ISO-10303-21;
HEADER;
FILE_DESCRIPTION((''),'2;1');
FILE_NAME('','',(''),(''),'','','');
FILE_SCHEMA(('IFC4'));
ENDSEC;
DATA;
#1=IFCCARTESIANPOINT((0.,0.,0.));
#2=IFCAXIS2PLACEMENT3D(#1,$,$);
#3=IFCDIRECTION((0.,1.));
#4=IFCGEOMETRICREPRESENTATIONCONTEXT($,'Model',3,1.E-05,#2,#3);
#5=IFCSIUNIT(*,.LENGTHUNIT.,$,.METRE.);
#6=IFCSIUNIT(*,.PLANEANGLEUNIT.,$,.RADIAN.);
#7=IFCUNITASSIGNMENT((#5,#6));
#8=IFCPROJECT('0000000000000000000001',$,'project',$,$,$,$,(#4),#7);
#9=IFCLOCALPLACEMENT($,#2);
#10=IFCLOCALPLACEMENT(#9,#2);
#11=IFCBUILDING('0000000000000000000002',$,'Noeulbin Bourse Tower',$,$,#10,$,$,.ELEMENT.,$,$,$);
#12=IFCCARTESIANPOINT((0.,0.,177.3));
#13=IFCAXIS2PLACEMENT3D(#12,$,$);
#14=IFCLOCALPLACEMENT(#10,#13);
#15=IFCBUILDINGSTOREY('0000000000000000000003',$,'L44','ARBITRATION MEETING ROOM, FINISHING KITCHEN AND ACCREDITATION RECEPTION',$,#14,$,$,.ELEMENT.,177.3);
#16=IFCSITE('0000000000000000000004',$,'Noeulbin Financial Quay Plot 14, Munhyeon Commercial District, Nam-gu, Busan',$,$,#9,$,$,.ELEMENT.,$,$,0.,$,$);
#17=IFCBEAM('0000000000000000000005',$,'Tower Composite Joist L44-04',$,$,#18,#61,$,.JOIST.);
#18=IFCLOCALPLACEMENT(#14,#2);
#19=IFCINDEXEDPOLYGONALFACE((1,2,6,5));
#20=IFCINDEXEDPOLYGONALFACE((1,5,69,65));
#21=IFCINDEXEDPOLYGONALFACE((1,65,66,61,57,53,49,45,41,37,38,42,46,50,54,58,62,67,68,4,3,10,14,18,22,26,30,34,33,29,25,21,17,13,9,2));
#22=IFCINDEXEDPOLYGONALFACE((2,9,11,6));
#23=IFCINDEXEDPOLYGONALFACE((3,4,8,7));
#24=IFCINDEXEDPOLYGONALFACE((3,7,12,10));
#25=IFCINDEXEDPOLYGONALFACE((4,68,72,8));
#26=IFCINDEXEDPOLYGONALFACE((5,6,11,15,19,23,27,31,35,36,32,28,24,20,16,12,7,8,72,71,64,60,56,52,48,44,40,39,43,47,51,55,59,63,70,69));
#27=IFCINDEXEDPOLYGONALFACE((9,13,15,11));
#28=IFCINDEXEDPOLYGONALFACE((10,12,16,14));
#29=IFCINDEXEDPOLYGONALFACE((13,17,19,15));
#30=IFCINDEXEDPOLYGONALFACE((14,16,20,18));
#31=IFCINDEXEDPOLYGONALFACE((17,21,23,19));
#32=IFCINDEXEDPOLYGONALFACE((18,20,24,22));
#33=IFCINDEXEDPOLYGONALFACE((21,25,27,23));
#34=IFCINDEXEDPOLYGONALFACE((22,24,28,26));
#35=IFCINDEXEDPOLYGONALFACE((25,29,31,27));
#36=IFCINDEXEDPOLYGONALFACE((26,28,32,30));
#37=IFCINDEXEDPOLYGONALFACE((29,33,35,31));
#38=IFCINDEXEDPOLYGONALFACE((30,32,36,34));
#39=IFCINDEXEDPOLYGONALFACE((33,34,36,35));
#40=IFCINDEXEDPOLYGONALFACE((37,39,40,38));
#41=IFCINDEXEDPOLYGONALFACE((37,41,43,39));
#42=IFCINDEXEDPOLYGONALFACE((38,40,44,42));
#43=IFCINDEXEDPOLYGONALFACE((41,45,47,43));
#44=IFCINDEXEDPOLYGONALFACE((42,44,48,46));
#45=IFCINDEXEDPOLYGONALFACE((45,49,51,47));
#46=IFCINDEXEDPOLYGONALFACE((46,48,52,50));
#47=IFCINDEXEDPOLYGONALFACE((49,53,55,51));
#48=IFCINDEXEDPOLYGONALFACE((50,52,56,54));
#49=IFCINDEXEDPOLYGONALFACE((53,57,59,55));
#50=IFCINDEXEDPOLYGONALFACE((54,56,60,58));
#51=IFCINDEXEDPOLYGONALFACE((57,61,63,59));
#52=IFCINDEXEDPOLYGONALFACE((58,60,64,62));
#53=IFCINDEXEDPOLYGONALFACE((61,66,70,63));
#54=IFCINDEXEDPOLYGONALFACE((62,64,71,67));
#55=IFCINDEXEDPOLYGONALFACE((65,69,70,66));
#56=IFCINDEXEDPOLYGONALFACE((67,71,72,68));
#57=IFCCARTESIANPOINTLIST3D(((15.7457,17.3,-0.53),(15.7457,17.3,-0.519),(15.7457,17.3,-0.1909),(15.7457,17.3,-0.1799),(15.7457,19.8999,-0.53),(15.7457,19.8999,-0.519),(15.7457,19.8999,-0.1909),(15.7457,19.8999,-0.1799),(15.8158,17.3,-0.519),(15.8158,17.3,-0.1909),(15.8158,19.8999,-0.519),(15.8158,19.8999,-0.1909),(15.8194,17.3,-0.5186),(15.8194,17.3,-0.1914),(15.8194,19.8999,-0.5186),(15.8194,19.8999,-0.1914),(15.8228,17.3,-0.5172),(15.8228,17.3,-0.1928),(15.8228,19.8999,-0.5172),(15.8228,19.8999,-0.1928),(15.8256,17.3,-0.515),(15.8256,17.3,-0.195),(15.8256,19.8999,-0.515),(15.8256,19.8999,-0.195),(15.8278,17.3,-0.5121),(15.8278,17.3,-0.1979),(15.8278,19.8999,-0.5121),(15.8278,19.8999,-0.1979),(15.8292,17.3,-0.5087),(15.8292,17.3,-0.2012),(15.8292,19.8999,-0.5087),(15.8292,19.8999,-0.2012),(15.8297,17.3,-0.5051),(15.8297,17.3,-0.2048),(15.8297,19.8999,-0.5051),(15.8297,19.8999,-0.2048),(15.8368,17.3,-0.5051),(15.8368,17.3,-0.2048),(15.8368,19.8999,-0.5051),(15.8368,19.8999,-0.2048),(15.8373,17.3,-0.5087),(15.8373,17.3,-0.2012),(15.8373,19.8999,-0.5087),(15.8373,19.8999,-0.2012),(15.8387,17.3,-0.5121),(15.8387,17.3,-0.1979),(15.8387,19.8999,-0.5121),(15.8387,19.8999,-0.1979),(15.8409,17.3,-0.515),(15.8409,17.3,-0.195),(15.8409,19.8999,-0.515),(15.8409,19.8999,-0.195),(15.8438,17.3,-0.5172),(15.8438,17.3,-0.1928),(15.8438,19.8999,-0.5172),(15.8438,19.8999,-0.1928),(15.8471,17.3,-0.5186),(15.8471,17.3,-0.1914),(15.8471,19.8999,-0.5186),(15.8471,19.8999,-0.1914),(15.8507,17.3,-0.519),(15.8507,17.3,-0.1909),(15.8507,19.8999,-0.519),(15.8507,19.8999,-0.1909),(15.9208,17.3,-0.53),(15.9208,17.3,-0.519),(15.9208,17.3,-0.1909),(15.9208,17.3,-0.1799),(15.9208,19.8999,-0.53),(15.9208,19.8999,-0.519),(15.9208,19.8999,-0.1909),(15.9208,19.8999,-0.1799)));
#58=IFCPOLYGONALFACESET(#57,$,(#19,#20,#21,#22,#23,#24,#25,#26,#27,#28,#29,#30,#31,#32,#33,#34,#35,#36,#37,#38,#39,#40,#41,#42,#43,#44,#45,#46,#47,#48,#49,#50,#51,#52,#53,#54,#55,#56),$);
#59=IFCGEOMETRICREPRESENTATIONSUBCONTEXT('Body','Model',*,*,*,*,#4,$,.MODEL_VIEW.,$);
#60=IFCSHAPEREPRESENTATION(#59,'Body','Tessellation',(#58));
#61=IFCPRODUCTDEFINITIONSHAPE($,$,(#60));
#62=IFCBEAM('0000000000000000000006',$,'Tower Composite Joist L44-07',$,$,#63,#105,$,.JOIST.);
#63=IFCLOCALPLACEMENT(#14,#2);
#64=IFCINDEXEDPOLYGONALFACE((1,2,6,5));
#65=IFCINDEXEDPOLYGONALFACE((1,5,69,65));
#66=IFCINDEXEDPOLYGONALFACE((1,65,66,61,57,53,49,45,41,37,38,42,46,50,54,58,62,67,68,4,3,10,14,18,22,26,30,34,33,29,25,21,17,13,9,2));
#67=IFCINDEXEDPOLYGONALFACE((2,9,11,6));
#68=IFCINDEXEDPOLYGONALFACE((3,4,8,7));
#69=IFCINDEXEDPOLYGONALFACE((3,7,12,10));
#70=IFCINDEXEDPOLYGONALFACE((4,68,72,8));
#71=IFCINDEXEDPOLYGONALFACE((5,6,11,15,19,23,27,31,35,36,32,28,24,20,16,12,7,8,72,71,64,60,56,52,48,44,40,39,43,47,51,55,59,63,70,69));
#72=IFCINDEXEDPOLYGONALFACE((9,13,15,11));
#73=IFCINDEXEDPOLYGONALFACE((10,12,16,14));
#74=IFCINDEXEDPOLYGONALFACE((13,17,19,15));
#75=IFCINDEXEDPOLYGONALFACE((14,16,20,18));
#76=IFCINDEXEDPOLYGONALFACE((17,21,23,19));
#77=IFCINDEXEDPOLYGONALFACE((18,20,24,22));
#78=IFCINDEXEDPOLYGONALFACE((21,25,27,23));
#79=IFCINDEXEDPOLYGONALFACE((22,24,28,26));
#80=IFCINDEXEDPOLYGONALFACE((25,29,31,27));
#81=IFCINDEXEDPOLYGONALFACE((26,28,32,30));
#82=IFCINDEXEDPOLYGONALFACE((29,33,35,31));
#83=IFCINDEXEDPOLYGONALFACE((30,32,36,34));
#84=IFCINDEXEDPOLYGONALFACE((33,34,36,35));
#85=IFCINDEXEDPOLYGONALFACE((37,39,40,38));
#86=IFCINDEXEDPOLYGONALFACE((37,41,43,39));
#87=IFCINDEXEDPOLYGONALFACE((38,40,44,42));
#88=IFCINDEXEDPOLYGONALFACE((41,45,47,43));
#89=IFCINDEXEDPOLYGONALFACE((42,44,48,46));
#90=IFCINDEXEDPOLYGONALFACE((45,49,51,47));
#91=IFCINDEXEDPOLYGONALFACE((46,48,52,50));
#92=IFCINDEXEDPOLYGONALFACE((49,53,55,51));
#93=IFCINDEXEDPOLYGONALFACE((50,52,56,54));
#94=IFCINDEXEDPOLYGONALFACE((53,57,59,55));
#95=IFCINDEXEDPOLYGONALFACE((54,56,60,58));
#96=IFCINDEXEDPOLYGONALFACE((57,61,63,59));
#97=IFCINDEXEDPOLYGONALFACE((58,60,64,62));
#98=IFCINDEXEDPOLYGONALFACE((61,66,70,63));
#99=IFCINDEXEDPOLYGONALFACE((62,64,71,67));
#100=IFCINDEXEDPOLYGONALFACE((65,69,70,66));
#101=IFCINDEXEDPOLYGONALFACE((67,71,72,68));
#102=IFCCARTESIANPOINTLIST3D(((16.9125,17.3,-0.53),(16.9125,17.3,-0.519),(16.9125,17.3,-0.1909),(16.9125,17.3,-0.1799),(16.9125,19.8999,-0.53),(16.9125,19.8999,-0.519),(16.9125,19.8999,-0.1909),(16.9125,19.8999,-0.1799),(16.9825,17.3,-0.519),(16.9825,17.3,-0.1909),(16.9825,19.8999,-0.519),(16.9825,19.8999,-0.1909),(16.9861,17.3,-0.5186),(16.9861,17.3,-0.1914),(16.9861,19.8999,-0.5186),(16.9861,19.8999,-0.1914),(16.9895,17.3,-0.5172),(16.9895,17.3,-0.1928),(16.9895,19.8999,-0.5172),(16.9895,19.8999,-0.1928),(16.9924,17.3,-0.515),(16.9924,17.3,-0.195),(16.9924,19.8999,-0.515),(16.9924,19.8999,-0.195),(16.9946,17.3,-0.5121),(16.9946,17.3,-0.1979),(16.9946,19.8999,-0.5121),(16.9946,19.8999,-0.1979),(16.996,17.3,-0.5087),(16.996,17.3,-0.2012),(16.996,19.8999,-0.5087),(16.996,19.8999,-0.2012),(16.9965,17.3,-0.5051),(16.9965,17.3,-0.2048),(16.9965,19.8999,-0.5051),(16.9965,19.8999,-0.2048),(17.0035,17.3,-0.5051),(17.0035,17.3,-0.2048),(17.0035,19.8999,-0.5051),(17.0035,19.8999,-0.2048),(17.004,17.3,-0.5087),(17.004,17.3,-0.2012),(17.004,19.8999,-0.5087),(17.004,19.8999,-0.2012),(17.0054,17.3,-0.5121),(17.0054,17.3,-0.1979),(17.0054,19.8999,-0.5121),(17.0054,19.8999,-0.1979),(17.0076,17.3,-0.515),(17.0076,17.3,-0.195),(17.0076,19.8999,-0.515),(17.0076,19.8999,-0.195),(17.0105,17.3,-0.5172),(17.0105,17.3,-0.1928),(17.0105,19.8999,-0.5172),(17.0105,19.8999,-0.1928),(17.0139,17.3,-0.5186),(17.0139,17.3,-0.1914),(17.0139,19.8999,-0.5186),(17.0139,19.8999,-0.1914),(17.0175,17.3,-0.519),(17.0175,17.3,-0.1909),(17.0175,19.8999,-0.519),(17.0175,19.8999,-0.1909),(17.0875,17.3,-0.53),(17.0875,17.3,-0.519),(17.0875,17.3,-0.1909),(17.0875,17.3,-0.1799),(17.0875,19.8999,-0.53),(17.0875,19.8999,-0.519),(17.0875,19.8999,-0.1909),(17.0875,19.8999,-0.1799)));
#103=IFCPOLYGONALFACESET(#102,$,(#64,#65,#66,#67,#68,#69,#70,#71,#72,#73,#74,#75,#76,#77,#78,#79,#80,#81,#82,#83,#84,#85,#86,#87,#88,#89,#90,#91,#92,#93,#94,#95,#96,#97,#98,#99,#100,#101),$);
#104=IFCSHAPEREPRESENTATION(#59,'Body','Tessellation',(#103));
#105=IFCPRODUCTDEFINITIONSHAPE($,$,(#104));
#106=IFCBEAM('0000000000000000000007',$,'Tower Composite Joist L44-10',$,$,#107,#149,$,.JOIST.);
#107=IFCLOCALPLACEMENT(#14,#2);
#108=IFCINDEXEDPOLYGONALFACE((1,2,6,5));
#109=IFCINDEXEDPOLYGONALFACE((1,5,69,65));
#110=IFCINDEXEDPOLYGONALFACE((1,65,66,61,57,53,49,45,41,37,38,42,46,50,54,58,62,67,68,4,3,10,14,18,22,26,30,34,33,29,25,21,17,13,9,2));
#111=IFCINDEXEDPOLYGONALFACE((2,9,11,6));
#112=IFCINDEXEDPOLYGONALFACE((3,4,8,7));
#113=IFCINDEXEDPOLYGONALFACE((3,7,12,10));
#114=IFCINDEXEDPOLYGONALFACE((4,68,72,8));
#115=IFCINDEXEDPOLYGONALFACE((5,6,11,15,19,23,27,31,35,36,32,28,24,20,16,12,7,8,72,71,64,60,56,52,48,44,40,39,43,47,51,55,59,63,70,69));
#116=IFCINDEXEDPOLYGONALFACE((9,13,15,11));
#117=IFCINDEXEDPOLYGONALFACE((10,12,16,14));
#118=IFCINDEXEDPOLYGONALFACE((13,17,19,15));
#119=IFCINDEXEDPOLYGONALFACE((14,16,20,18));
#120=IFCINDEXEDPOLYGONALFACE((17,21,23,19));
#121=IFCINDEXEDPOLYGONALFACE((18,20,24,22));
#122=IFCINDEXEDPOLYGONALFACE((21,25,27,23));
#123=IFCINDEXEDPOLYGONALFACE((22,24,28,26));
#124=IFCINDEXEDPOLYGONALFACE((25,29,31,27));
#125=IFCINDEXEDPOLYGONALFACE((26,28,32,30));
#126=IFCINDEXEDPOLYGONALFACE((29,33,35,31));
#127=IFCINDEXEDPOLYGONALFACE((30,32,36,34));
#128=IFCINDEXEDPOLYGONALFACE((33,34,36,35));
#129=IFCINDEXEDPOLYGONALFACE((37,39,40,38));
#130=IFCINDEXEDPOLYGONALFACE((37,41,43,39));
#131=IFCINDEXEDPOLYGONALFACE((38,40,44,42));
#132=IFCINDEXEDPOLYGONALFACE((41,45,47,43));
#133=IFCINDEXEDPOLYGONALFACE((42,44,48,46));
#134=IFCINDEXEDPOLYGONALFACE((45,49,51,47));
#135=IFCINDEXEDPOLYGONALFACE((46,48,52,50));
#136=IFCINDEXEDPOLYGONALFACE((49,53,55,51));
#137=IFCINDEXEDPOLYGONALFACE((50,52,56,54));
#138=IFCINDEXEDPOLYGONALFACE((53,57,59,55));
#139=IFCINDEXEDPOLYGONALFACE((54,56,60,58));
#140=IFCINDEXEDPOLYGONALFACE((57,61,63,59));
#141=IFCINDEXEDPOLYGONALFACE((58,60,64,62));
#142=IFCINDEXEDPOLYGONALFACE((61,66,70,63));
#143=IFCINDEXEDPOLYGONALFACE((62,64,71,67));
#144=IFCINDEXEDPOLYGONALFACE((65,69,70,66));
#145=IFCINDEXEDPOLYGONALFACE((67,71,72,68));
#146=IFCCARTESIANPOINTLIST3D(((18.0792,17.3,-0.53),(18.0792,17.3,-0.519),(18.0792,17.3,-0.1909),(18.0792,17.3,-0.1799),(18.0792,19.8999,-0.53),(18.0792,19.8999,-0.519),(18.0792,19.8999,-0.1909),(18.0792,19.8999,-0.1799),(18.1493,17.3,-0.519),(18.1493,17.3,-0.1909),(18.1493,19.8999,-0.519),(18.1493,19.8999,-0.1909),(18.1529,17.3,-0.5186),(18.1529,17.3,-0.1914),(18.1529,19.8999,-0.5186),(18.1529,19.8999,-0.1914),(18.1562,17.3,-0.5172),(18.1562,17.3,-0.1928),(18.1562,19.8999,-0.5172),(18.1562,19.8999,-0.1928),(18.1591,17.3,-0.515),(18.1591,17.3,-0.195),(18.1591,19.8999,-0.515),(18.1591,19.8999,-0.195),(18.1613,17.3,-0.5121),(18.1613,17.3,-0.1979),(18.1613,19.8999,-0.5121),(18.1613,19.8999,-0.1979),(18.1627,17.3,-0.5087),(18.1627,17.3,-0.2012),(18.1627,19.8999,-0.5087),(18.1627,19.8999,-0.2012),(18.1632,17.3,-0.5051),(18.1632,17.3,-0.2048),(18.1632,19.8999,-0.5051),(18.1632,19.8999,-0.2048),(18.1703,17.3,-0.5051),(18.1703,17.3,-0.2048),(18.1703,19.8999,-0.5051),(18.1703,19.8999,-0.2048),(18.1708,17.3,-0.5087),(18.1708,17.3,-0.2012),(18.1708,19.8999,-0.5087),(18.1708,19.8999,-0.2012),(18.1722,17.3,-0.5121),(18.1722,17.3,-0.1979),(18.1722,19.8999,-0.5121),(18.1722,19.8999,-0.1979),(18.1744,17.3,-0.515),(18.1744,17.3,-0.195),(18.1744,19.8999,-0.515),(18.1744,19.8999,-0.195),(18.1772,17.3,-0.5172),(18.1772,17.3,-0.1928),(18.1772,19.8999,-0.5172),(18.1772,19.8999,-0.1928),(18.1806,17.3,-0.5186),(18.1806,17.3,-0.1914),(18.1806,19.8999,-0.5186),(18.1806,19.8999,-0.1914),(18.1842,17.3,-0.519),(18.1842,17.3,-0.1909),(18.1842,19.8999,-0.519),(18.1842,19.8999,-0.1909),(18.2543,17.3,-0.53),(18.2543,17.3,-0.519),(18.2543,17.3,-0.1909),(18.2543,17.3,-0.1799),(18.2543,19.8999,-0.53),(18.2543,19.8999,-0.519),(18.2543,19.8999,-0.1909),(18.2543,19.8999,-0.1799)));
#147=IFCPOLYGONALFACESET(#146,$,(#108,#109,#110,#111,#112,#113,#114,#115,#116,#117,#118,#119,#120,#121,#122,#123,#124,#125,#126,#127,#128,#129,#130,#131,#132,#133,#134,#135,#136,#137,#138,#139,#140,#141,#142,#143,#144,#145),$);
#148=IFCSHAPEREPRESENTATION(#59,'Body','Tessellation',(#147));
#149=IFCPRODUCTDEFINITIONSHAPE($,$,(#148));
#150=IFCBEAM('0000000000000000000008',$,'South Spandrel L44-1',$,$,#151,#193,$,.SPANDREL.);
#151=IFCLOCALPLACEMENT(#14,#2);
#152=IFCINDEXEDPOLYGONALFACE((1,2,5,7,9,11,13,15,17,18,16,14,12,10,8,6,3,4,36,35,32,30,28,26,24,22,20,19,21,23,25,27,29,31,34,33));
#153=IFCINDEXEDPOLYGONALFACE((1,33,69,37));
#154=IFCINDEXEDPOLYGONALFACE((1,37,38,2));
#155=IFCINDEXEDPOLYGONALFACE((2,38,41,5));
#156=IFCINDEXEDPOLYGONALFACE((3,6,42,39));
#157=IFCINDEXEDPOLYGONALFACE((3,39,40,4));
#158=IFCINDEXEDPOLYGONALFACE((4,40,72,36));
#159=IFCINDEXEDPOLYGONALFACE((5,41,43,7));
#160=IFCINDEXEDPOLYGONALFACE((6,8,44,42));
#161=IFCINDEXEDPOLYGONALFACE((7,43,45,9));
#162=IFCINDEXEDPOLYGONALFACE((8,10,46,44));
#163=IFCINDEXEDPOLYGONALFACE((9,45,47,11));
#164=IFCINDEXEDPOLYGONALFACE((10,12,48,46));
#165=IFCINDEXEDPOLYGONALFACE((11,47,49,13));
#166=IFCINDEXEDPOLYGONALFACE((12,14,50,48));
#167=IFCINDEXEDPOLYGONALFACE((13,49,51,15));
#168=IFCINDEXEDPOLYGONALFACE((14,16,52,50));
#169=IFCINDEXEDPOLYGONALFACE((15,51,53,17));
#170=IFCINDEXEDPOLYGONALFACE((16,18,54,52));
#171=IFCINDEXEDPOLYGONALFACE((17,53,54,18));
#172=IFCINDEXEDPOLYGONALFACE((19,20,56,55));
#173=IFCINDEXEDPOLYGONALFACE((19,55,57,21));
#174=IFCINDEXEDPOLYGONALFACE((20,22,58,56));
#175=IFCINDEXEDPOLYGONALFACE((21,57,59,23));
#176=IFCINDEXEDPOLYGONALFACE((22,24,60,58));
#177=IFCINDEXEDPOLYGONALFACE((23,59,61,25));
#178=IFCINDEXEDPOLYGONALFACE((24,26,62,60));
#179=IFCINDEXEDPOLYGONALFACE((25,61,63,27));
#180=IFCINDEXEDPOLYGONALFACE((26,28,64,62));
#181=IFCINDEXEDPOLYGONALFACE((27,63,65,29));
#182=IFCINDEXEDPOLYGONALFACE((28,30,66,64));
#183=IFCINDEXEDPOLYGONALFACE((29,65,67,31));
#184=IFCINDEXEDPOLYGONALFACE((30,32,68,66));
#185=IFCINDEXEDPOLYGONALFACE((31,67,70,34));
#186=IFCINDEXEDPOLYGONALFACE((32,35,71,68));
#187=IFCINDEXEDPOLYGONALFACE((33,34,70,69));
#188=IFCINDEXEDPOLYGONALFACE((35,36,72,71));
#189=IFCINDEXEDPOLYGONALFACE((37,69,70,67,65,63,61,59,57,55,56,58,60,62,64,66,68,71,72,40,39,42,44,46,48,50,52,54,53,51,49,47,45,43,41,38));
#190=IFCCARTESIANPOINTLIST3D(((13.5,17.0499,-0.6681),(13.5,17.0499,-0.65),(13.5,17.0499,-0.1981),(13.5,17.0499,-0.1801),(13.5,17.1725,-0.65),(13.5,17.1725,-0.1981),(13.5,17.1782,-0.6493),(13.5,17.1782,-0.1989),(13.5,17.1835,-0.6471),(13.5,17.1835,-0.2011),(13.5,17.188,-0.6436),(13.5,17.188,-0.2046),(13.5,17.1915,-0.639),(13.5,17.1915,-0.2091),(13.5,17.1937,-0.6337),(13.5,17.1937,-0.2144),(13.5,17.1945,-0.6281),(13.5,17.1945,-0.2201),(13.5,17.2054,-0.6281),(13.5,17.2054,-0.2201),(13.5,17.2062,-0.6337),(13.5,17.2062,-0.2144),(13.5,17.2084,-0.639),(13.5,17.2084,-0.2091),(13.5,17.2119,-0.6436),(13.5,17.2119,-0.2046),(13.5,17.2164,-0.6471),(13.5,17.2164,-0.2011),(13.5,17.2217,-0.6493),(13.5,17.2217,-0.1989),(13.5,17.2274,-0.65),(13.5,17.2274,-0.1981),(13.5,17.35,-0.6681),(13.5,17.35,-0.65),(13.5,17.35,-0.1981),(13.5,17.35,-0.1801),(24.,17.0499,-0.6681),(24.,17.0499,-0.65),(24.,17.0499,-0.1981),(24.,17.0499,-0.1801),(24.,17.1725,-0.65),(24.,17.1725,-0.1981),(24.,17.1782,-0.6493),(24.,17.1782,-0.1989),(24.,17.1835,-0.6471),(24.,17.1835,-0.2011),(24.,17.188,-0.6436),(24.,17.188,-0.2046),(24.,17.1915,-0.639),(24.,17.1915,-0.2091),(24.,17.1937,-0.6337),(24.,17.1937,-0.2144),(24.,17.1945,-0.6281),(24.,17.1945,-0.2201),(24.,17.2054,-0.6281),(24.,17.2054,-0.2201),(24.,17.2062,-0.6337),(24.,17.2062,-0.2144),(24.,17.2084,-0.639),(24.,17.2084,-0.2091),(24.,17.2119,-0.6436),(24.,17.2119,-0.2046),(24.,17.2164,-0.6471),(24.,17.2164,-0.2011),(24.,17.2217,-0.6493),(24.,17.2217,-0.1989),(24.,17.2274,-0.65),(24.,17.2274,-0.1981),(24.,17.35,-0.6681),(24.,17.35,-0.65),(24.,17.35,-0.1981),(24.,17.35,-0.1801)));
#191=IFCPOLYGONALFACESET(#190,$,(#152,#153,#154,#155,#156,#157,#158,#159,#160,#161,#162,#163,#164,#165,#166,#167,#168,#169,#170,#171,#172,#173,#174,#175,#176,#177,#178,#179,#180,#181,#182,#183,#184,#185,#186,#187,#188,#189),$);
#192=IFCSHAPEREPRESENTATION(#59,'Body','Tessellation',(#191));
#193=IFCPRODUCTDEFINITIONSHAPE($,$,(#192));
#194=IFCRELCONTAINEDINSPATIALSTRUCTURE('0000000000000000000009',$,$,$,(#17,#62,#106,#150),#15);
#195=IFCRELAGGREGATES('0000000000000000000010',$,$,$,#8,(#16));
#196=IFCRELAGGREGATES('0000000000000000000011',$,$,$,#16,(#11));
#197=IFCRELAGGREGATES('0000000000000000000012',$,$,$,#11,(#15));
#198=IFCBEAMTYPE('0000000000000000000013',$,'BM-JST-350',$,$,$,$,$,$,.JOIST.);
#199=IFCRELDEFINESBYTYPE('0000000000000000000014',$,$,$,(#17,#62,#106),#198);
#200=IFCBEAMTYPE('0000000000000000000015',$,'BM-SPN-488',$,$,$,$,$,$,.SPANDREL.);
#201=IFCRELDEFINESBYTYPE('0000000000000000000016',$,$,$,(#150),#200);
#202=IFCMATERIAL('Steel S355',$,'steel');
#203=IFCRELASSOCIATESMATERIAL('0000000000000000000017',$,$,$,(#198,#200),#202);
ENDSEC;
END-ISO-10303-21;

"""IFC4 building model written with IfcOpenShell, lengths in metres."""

from ifc_helpers import new_model, si_unit, direction, frame, origin, origin_2d, place, context, subcontext, project, spatial, i_section, extrude, material, material_profile, profile_set, type_object, element, save


model = new_model("IFC4")

# Units and contexts
model_context = context("Model", 3, precision=1e-05, world=origin(), true_north=direction((0.0, 1.0)))
body_context = subcontext(model_context, "Body", "Model", "MODEL_VIEW")
ifc_project = project(units=[si_unit("LENGTHUNIT", "METRE"), si_unit("PLANEANGLEUNIT", "RADIAN")], contexts=[model_context])

# Site, building, storey
site_placement = place(None, origin())
site = spatial("IfcSite", under=ifc_project, at=site_placement, Name="Noeulbin Financial Quay Plot 14, Munhyeon Commercial District, Nam-gu, Busan", CompositionType="ELEMENT", RefElevation=0.0)
building_placement = place(site_placement, origin())
building = spatial("IfcBuilding", under=site, at=building_placement, Name="Noeulbin Bourse Tower", CompositionType="ELEMENT")
storey_placement = place(building_placement, frame((0.0, 0.0, 177.3)))
storey = spatial("IfcBuildingStorey", under=building, at=storey_placement, Name="L44", Description="ARBITRATION MEETING ROOM, FINISHING KITCHEN AND ACCREDITATION RECEPTION", CompositionType="ELEMENT", Elevation=177.3)

# Shared definitions
ifc_material_1 = material(Name="Steel S355", Category="steel")

# Beams
ifc_material_profile_1 = material_profile(ifc_material_1, i_section(OverallWidth=0.175, OverallDepth=0.3501, WebThickness=0.0071, FlangeThickness=0.011, FilletRadius=0.0139, at=origin_2d()), Name="H-350x175x7x11", Category="LoadBearing")
ifc_profile_set_1 = profile_set([ifc_material_profile_1], Name="Steel S355")
beam_type_1 = type_object("IfcBeamType", Name="BM-JST-350", PredefinedType="JOIST", material=ifc_profile_set_1)
for number, where, z_axis, x_axis, name in (
    (1, (15.8333, 17.3, -0.355), (0.0, 1.0, 0.0), (-1.0, 0.0, 0.0), "Tower Composite Joist L44-04"),
    (2, (17.0, 17.3, -0.355), (0.0, 1.0, 0.0), (-1.0, 0.0, 0.0), "Tower Composite Joist L44-07"),
    (3, (18.1667, 17.3, -0.355), (0.0, 1.0, 0.0), (-1.0, 0.0, 0.0), "Tower Composite Joist L44-10"),
):
    element("IfcBeam", number, at=place(storey_placement, frame(where, z_axis=z_axis, x_axis=x_axis)), inside=storey, type_object=beam_type_1, Name=name, PredefinedType="JOIST", context=body_context, shape_type="SweptSolid", body=[
        extrude(i_section(OverallWidth=0.175, OverallDepth=0.3501, WebThickness=0.0071, FlangeThickness=0.011, FilletRadius=0.0139, at=origin_2d()), origin(), (0.0, 0.0, 1.0), 2.5999),
    ])
ifc_material_profile_2 = material_profile(ifc_material_1, i_section(OverallWidth=0.3, OverallDepth=0.488, WebThickness=0.011, FlangeThickness=0.0181, FilletRadius=0.022, at=origin_2d()), Name="H-488x300x11x18", Category="LoadBearing")
ifc_profile_set_2 = profile_set([ifc_material_profile_2], Name="Steel S355")
beam_type_2 = type_object("IfcBeamType", Name="BM-SPN-488", PredefinedType="SPANDREL", material=ifc_profile_set_2)
beam_1_placement = place(storey_placement, frame((13.5, 17.2, -0.4241), z_axis=(1.0, 0.0, 0.0), x_axis=(0.0, 1.0, 0.0)))
element("IfcBeam", 4, at=beam_1_placement, inside=storey, type_object=beam_type_2, Name="South Spandrel L44-1", PredefinedType="SPANDREL", context=body_context, shape_type="SweptSolid", body=[
    extrude(i_section(OverallWidth=0.3, OverallDepth=0.488, WebThickness=0.011, FlangeThickness=0.0181, FilletRadius=0.022, at=origin_2d()), origin(), (0.0, 0.0, 1.0), 10.5),
])

save(model, "model.ifc")
